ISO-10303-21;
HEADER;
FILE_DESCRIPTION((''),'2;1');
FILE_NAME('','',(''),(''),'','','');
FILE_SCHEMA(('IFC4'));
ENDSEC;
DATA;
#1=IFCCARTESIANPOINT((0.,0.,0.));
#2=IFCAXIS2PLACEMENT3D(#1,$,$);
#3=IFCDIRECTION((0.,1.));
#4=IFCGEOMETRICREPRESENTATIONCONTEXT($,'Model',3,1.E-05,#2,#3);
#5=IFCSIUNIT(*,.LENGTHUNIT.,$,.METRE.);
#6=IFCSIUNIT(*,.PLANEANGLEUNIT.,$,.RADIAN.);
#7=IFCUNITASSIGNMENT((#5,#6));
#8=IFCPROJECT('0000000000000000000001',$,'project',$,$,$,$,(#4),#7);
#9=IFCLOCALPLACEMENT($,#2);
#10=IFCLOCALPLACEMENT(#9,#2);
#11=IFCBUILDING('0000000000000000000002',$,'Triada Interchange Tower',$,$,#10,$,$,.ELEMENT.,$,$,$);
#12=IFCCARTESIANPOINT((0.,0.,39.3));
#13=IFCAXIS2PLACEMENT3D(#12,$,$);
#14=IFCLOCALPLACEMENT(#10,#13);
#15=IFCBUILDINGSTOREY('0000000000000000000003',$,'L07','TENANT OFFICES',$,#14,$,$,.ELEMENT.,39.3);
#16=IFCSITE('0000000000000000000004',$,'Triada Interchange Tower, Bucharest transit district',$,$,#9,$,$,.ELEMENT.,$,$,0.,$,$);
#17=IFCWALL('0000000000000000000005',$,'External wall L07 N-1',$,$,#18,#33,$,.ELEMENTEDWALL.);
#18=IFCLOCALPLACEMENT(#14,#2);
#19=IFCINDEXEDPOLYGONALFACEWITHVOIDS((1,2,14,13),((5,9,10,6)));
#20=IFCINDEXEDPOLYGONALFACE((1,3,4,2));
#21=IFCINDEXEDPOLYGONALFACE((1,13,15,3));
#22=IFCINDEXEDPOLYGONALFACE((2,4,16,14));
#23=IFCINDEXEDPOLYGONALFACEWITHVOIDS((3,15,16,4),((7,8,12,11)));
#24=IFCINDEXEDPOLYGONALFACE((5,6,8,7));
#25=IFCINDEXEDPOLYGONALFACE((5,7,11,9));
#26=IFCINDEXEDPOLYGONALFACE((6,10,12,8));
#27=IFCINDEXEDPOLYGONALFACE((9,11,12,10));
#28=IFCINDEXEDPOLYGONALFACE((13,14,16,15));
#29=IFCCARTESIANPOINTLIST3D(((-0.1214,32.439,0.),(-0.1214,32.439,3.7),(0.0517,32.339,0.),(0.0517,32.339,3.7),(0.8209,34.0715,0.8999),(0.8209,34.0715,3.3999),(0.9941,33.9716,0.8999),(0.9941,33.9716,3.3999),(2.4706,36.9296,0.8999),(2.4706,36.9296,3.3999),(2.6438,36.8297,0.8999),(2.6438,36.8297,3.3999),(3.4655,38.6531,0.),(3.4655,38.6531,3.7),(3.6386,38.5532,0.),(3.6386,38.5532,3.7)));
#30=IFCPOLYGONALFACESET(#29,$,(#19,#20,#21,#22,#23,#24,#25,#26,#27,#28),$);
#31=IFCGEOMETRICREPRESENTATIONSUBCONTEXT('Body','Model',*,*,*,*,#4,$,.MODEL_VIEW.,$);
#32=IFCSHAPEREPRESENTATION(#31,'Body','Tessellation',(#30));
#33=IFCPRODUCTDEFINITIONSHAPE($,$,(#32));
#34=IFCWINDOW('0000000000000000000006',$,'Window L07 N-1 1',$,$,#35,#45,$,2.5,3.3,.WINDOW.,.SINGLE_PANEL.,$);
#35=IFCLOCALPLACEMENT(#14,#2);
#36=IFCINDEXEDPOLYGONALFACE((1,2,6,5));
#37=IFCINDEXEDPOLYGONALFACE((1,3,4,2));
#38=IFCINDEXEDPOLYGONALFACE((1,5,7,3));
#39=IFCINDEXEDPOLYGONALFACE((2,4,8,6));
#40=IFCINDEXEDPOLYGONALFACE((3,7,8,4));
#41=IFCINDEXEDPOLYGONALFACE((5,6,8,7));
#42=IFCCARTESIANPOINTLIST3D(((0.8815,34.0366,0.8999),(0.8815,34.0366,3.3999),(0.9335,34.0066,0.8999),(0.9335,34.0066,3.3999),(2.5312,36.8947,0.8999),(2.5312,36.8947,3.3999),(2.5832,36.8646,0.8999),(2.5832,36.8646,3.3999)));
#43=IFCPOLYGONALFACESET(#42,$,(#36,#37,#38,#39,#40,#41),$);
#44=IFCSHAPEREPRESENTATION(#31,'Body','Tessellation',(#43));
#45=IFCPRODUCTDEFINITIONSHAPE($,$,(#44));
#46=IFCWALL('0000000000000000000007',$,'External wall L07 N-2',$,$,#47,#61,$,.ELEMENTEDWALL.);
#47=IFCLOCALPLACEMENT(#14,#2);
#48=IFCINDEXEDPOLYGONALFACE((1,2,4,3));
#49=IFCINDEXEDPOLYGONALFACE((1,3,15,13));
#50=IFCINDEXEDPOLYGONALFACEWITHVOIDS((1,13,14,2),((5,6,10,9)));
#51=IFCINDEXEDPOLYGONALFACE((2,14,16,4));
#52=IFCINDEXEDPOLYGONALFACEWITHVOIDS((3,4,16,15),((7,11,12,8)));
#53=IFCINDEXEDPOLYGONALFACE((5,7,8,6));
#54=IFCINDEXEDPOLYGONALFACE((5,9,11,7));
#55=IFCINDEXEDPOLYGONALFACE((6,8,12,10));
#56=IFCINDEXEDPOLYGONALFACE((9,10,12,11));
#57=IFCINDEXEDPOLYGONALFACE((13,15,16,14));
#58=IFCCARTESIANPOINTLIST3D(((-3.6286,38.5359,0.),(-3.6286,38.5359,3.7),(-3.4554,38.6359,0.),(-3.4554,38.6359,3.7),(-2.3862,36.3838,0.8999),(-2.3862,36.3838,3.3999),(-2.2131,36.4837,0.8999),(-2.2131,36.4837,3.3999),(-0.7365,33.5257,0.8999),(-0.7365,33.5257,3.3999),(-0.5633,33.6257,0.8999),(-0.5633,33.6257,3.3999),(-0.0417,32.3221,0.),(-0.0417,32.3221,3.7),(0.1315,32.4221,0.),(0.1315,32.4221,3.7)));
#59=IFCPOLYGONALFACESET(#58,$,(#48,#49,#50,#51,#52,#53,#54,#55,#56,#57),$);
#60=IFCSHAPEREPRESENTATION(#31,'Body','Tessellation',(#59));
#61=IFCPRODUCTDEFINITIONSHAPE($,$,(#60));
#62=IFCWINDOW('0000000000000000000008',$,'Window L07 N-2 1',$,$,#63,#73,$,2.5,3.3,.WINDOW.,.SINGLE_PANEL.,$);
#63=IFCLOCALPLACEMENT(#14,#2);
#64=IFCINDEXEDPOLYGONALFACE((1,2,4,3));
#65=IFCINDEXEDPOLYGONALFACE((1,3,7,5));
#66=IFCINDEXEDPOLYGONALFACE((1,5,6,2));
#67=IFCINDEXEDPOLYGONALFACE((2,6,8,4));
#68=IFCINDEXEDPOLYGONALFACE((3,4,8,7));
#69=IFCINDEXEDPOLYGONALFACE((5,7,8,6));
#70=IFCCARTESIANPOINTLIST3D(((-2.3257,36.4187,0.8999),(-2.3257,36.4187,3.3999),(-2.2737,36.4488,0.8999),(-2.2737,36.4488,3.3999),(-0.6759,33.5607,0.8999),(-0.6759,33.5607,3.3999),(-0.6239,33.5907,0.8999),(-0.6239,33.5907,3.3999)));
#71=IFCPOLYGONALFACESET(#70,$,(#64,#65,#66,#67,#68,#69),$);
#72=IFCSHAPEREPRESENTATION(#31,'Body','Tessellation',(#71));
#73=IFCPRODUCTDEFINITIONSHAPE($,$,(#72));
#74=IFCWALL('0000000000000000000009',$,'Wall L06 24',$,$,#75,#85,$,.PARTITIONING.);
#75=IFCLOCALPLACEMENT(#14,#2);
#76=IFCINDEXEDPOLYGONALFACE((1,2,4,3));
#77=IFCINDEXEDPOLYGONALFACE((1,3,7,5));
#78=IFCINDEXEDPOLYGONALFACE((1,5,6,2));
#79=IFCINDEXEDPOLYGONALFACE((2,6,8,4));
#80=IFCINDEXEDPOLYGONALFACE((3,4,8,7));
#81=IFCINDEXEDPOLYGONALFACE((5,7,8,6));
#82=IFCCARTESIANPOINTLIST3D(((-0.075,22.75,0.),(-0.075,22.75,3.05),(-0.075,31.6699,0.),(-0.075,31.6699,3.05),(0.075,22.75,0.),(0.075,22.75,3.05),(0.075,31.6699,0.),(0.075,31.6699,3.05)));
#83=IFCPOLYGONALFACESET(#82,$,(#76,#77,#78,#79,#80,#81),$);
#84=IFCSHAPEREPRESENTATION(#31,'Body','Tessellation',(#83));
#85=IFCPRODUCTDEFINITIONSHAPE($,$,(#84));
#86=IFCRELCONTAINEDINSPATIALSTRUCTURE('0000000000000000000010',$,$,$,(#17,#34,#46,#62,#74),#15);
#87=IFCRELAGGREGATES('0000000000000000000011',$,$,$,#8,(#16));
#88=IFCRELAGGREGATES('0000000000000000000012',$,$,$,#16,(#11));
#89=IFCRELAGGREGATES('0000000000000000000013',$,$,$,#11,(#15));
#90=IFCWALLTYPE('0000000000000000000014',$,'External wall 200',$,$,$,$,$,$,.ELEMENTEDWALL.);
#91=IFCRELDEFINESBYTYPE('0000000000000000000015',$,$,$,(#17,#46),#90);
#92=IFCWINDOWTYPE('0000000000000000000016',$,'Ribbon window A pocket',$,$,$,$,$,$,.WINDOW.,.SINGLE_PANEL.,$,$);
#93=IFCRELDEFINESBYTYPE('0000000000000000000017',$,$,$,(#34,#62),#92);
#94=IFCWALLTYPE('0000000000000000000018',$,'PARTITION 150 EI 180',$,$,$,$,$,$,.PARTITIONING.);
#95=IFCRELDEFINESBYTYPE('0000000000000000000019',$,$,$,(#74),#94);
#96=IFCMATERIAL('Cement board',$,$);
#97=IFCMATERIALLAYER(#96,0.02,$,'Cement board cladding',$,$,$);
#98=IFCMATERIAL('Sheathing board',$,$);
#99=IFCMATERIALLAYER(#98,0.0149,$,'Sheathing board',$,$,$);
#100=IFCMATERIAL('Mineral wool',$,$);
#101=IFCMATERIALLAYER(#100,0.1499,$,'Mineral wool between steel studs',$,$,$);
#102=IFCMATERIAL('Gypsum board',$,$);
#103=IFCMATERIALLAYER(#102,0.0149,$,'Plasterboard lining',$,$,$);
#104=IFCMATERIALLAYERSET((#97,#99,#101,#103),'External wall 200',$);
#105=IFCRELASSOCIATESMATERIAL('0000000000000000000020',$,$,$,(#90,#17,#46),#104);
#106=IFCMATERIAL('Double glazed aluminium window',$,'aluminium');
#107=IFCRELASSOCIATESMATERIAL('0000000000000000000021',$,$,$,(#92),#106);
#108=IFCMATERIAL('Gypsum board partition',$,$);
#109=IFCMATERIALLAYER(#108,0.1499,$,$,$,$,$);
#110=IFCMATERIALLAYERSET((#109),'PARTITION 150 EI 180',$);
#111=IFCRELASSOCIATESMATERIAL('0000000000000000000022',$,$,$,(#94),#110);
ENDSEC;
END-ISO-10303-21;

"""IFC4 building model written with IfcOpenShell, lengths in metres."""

from ifc_helpers import new_model, si_unit, direction, frame, frame_2d, origin, place, context, subcontext, project, spatial, rectangle, extrude, material, layer, layer_set, layer_usage, type_object, element, fill, save


model = new_model("IFC4")

# Units and contexts
model_context = context("Model", 3, precision=1e-05, world=origin(), true_north=direction((0.0, 1.0)))
body_context = subcontext(model_context, "Body", "Model", "MODEL_VIEW")
ifc_project = project(units=[si_unit("LENGTHUNIT", "METRE"), si_unit("PLANEANGLEUNIT", "RADIAN")], contexts=[model_context])

# Site, building, storey
site_placement = place(None, origin())
site = spatial("IfcSite", under=ifc_project, at=site_placement, Name="Triada Interchange Tower, Bucharest transit district", CompositionType="ELEMENT", RefElevation=0.0)
building_placement = place(site_placement, origin())
building = spatial("IfcBuilding", under=site, at=building_placement, Name="Triada Interchange Tower", CompositionType="ELEMENT")
storey_placement = place(building_placement, frame((0.0, 0.0, 39.3)))
storey = spatial("IfcBuildingStorey", under=building, at=storey_placement, Name="L07", Description="TENANT OFFICES", CompositionType="ELEMENT", Elevation=39.3)

# Walls, openings, windows
ifc_material_1 = material(Name="Cement board")
ifc_layer_1 = layer(ifc_material_1, 0.02, Name="Cement board cladding")
ifc_material_2 = material(Name="Sheathing board")
ifc_layer_2 = layer(ifc_material_2, 0.0149, Name="Sheathing board")
ifc_material_3 = material(Name="Mineral wool")
ifc_layer_3 = layer(ifc_material_3, 0.1499, Name="Mineral wool between steel studs")
ifc_material_4 = material(Name="Gypsum board")
ifc_layer_4 = layer(ifc_material_4, 0.0149, Name="Plasterboard lining")
ifc_layer_set_1 = layer_set([ifc_layer_1, ifc_layer_2, ifc_layer_3, ifc_layer_4], Name="External wall 200")
ifc_layer_usage = layer_usage(ifc_layer_set_1, "AXIS2", "POSITIVE", -0.1001)
wall_type_1 = type_object("IfcWallType", Name="External wall 200", PredefinedType="ELEMENTEDWALL", material=ifc_layer_set_1)
wall_1_placement = place(storey_placement, frame((3.552, 38.603, 0.0), z_axis=(0.0, 0.0, 1.0), x_axis=(-0.499916, -0.866074, 0.0)))
wall_1 = element("IfcWall", 1, at=wall_1_placement, inside=storey, type_object=wall_type_1, material=ifc_layer_usage, Name="External wall L07 N-1", PredefinedType="ELEMENTEDWALL", context=body_context, shape_type="SweptSolid", body=[
    extrude(rectangle(XDim=7.175, YDim=0.2, at=frame_2d((3.5874, 0.0))), origin(), (0.0, 0.0, 1.0), 3.7),
])
opening_1_placement = place(wall_1_placement, frame((1.99, 0.0, 0.8999)))
opening_1 = element("IfcOpeningElement", 2, at=opening_1_placement, cuts=wall_1, PredefinedType="OPENING", context=body_context, shape_type="SweptSolid", body=[
    extrude(rectangle(XDim=3.3, YDim=2.5, at=frame_2d((1.6499, 1.25))), frame((0.0, 0.1099, 0.0), z_axis=(0.0, -1.0, 0.0), x_axis=(1.0, 0.0, 0.0)), (0.0, 0.0, 1.0), 0.22),
])
ifc_material_5 = material(Name="Double glazed aluminium window", Category="aluminium")
window_type = type_object("IfcWindowType", Name="Ribbon window A pocket", PartitioningType="SINGLE_PANEL", PredefinedType="WINDOW", material=ifc_material_5)
window_1_placement = place(opening_1_placement, origin())
window_1 = element("IfcWindow", 3, at=window_1_placement, inside=storey, type_object=window_type, Name="Window L07 N-1 1", OverallHeight=2.5, OverallWidth=3.3, PartitioningType="SINGLE_PANEL", PredefinedType="WINDOW", context=body_context, shape_type="SweptSolid", body=[
    extrude(rectangle(XDim=3.3, YDim=2.5, at=frame_2d((1.6499, 1.25))), frame((0.0, 0.03, 0.0), z_axis=(0.0, -1.0, 0.0), x_axis=(1.0, 0.0, 0.0)), (0.0, 0.0, 1.0), 0.0601),
])
fill(opening_1, window_1)
wall_2_placement = place(storey_placement, frame((0.0449, 32.3721, 0.0), z_axis=(0.0, 0.0, 1.0), x_axis=(-0.499931, 0.866065, 0.0)))
wall_2 = element("IfcWall", 4, at=wall_2_placement, inside=storey, type_object=wall_type_1, material=ifc_layer_usage, Name="External wall L07 N-2", PredefinedType="ELEMENTEDWALL", context=body_context, shape_type="SweptSolid", body=[
    extrude(rectangle(XDim=7.1748, YDim=0.2, at=frame_2d((3.5874, 0.0))), origin(), (0.0, 0.0, 1.0), 3.7),
])
opening_2_placement = place(wall_2_placement, frame((1.3899, 0.0, 0.8999)))
opening_2 = element("IfcOpeningElement", 5, at=opening_2_placement, cuts=wall_2, PredefinedType="OPENING", context=body_context, shape_type="SweptSolid", body=[
    extrude(rectangle(XDim=3.3, YDim=2.5, at=frame_2d((1.6499, 1.25))), frame((0.0, 0.1099, 0.0), z_axis=(0.0, -1.0, 0.0), x_axis=(1.0, 0.0, 0.0)), (0.0, 0.0, 1.0), 0.22),
])
window_2_placement = place(opening_2_placement, origin())
window_2 = element("IfcWindow", 6, at=window_2_placement, inside=storey, type_object=window_type, Name="Window L07 N-2 1", OverallHeight=2.5, OverallWidth=3.3, PartitioningType="SINGLE_PANEL", PredefinedType="WINDOW", context=body_context, shape_type="SweptSolid", body=[
    extrude(rectangle(XDim=3.3, YDim=2.5, at=frame_2d((1.6499, 1.25))), frame((0.0, 0.03, 0.0), z_axis=(0.0, -1.0, 0.0), x_axis=(1.0, 0.0, 0.0)), (0.0, 0.0, 1.0), 0.0601),
])
fill(opening_2, window_2)

# Wall
ifc_material_6 = material(Name="Gypsum board partition")
ifc_layer_5 = layer(ifc_material_6, 0.1499)
ifc_layer_set_2 = layer_set([ifc_layer_5], Name="PARTITION 150 EI 180")
wall_type_2 = type_object("IfcWallType", Name="PARTITION 150 EI 180", PredefinedType="PARTITIONING", material=ifc_layer_set_2)
wall_3_placement = place(storey_placement, frame((0.0, 22.75, 0.0), z_axis=(0.0, 0.0, 1.0), x_axis=(0.0, 1.0, 0.0)))
element("IfcWall", 7, at=wall_3_placement, inside=storey, type_object=wall_type_2, Name="Wall L06 24", PredefinedType="PARTITIONING", context=body_context, shape_type="SweptSolid", body=[
    extrude(rectangle(XDim=8.9199, YDim=0.1499, at=frame_2d((4.46, 0.0))), origin(), (0.0, 0.0, 1.0), 3.05),
])

save(model, "model.ifc")
